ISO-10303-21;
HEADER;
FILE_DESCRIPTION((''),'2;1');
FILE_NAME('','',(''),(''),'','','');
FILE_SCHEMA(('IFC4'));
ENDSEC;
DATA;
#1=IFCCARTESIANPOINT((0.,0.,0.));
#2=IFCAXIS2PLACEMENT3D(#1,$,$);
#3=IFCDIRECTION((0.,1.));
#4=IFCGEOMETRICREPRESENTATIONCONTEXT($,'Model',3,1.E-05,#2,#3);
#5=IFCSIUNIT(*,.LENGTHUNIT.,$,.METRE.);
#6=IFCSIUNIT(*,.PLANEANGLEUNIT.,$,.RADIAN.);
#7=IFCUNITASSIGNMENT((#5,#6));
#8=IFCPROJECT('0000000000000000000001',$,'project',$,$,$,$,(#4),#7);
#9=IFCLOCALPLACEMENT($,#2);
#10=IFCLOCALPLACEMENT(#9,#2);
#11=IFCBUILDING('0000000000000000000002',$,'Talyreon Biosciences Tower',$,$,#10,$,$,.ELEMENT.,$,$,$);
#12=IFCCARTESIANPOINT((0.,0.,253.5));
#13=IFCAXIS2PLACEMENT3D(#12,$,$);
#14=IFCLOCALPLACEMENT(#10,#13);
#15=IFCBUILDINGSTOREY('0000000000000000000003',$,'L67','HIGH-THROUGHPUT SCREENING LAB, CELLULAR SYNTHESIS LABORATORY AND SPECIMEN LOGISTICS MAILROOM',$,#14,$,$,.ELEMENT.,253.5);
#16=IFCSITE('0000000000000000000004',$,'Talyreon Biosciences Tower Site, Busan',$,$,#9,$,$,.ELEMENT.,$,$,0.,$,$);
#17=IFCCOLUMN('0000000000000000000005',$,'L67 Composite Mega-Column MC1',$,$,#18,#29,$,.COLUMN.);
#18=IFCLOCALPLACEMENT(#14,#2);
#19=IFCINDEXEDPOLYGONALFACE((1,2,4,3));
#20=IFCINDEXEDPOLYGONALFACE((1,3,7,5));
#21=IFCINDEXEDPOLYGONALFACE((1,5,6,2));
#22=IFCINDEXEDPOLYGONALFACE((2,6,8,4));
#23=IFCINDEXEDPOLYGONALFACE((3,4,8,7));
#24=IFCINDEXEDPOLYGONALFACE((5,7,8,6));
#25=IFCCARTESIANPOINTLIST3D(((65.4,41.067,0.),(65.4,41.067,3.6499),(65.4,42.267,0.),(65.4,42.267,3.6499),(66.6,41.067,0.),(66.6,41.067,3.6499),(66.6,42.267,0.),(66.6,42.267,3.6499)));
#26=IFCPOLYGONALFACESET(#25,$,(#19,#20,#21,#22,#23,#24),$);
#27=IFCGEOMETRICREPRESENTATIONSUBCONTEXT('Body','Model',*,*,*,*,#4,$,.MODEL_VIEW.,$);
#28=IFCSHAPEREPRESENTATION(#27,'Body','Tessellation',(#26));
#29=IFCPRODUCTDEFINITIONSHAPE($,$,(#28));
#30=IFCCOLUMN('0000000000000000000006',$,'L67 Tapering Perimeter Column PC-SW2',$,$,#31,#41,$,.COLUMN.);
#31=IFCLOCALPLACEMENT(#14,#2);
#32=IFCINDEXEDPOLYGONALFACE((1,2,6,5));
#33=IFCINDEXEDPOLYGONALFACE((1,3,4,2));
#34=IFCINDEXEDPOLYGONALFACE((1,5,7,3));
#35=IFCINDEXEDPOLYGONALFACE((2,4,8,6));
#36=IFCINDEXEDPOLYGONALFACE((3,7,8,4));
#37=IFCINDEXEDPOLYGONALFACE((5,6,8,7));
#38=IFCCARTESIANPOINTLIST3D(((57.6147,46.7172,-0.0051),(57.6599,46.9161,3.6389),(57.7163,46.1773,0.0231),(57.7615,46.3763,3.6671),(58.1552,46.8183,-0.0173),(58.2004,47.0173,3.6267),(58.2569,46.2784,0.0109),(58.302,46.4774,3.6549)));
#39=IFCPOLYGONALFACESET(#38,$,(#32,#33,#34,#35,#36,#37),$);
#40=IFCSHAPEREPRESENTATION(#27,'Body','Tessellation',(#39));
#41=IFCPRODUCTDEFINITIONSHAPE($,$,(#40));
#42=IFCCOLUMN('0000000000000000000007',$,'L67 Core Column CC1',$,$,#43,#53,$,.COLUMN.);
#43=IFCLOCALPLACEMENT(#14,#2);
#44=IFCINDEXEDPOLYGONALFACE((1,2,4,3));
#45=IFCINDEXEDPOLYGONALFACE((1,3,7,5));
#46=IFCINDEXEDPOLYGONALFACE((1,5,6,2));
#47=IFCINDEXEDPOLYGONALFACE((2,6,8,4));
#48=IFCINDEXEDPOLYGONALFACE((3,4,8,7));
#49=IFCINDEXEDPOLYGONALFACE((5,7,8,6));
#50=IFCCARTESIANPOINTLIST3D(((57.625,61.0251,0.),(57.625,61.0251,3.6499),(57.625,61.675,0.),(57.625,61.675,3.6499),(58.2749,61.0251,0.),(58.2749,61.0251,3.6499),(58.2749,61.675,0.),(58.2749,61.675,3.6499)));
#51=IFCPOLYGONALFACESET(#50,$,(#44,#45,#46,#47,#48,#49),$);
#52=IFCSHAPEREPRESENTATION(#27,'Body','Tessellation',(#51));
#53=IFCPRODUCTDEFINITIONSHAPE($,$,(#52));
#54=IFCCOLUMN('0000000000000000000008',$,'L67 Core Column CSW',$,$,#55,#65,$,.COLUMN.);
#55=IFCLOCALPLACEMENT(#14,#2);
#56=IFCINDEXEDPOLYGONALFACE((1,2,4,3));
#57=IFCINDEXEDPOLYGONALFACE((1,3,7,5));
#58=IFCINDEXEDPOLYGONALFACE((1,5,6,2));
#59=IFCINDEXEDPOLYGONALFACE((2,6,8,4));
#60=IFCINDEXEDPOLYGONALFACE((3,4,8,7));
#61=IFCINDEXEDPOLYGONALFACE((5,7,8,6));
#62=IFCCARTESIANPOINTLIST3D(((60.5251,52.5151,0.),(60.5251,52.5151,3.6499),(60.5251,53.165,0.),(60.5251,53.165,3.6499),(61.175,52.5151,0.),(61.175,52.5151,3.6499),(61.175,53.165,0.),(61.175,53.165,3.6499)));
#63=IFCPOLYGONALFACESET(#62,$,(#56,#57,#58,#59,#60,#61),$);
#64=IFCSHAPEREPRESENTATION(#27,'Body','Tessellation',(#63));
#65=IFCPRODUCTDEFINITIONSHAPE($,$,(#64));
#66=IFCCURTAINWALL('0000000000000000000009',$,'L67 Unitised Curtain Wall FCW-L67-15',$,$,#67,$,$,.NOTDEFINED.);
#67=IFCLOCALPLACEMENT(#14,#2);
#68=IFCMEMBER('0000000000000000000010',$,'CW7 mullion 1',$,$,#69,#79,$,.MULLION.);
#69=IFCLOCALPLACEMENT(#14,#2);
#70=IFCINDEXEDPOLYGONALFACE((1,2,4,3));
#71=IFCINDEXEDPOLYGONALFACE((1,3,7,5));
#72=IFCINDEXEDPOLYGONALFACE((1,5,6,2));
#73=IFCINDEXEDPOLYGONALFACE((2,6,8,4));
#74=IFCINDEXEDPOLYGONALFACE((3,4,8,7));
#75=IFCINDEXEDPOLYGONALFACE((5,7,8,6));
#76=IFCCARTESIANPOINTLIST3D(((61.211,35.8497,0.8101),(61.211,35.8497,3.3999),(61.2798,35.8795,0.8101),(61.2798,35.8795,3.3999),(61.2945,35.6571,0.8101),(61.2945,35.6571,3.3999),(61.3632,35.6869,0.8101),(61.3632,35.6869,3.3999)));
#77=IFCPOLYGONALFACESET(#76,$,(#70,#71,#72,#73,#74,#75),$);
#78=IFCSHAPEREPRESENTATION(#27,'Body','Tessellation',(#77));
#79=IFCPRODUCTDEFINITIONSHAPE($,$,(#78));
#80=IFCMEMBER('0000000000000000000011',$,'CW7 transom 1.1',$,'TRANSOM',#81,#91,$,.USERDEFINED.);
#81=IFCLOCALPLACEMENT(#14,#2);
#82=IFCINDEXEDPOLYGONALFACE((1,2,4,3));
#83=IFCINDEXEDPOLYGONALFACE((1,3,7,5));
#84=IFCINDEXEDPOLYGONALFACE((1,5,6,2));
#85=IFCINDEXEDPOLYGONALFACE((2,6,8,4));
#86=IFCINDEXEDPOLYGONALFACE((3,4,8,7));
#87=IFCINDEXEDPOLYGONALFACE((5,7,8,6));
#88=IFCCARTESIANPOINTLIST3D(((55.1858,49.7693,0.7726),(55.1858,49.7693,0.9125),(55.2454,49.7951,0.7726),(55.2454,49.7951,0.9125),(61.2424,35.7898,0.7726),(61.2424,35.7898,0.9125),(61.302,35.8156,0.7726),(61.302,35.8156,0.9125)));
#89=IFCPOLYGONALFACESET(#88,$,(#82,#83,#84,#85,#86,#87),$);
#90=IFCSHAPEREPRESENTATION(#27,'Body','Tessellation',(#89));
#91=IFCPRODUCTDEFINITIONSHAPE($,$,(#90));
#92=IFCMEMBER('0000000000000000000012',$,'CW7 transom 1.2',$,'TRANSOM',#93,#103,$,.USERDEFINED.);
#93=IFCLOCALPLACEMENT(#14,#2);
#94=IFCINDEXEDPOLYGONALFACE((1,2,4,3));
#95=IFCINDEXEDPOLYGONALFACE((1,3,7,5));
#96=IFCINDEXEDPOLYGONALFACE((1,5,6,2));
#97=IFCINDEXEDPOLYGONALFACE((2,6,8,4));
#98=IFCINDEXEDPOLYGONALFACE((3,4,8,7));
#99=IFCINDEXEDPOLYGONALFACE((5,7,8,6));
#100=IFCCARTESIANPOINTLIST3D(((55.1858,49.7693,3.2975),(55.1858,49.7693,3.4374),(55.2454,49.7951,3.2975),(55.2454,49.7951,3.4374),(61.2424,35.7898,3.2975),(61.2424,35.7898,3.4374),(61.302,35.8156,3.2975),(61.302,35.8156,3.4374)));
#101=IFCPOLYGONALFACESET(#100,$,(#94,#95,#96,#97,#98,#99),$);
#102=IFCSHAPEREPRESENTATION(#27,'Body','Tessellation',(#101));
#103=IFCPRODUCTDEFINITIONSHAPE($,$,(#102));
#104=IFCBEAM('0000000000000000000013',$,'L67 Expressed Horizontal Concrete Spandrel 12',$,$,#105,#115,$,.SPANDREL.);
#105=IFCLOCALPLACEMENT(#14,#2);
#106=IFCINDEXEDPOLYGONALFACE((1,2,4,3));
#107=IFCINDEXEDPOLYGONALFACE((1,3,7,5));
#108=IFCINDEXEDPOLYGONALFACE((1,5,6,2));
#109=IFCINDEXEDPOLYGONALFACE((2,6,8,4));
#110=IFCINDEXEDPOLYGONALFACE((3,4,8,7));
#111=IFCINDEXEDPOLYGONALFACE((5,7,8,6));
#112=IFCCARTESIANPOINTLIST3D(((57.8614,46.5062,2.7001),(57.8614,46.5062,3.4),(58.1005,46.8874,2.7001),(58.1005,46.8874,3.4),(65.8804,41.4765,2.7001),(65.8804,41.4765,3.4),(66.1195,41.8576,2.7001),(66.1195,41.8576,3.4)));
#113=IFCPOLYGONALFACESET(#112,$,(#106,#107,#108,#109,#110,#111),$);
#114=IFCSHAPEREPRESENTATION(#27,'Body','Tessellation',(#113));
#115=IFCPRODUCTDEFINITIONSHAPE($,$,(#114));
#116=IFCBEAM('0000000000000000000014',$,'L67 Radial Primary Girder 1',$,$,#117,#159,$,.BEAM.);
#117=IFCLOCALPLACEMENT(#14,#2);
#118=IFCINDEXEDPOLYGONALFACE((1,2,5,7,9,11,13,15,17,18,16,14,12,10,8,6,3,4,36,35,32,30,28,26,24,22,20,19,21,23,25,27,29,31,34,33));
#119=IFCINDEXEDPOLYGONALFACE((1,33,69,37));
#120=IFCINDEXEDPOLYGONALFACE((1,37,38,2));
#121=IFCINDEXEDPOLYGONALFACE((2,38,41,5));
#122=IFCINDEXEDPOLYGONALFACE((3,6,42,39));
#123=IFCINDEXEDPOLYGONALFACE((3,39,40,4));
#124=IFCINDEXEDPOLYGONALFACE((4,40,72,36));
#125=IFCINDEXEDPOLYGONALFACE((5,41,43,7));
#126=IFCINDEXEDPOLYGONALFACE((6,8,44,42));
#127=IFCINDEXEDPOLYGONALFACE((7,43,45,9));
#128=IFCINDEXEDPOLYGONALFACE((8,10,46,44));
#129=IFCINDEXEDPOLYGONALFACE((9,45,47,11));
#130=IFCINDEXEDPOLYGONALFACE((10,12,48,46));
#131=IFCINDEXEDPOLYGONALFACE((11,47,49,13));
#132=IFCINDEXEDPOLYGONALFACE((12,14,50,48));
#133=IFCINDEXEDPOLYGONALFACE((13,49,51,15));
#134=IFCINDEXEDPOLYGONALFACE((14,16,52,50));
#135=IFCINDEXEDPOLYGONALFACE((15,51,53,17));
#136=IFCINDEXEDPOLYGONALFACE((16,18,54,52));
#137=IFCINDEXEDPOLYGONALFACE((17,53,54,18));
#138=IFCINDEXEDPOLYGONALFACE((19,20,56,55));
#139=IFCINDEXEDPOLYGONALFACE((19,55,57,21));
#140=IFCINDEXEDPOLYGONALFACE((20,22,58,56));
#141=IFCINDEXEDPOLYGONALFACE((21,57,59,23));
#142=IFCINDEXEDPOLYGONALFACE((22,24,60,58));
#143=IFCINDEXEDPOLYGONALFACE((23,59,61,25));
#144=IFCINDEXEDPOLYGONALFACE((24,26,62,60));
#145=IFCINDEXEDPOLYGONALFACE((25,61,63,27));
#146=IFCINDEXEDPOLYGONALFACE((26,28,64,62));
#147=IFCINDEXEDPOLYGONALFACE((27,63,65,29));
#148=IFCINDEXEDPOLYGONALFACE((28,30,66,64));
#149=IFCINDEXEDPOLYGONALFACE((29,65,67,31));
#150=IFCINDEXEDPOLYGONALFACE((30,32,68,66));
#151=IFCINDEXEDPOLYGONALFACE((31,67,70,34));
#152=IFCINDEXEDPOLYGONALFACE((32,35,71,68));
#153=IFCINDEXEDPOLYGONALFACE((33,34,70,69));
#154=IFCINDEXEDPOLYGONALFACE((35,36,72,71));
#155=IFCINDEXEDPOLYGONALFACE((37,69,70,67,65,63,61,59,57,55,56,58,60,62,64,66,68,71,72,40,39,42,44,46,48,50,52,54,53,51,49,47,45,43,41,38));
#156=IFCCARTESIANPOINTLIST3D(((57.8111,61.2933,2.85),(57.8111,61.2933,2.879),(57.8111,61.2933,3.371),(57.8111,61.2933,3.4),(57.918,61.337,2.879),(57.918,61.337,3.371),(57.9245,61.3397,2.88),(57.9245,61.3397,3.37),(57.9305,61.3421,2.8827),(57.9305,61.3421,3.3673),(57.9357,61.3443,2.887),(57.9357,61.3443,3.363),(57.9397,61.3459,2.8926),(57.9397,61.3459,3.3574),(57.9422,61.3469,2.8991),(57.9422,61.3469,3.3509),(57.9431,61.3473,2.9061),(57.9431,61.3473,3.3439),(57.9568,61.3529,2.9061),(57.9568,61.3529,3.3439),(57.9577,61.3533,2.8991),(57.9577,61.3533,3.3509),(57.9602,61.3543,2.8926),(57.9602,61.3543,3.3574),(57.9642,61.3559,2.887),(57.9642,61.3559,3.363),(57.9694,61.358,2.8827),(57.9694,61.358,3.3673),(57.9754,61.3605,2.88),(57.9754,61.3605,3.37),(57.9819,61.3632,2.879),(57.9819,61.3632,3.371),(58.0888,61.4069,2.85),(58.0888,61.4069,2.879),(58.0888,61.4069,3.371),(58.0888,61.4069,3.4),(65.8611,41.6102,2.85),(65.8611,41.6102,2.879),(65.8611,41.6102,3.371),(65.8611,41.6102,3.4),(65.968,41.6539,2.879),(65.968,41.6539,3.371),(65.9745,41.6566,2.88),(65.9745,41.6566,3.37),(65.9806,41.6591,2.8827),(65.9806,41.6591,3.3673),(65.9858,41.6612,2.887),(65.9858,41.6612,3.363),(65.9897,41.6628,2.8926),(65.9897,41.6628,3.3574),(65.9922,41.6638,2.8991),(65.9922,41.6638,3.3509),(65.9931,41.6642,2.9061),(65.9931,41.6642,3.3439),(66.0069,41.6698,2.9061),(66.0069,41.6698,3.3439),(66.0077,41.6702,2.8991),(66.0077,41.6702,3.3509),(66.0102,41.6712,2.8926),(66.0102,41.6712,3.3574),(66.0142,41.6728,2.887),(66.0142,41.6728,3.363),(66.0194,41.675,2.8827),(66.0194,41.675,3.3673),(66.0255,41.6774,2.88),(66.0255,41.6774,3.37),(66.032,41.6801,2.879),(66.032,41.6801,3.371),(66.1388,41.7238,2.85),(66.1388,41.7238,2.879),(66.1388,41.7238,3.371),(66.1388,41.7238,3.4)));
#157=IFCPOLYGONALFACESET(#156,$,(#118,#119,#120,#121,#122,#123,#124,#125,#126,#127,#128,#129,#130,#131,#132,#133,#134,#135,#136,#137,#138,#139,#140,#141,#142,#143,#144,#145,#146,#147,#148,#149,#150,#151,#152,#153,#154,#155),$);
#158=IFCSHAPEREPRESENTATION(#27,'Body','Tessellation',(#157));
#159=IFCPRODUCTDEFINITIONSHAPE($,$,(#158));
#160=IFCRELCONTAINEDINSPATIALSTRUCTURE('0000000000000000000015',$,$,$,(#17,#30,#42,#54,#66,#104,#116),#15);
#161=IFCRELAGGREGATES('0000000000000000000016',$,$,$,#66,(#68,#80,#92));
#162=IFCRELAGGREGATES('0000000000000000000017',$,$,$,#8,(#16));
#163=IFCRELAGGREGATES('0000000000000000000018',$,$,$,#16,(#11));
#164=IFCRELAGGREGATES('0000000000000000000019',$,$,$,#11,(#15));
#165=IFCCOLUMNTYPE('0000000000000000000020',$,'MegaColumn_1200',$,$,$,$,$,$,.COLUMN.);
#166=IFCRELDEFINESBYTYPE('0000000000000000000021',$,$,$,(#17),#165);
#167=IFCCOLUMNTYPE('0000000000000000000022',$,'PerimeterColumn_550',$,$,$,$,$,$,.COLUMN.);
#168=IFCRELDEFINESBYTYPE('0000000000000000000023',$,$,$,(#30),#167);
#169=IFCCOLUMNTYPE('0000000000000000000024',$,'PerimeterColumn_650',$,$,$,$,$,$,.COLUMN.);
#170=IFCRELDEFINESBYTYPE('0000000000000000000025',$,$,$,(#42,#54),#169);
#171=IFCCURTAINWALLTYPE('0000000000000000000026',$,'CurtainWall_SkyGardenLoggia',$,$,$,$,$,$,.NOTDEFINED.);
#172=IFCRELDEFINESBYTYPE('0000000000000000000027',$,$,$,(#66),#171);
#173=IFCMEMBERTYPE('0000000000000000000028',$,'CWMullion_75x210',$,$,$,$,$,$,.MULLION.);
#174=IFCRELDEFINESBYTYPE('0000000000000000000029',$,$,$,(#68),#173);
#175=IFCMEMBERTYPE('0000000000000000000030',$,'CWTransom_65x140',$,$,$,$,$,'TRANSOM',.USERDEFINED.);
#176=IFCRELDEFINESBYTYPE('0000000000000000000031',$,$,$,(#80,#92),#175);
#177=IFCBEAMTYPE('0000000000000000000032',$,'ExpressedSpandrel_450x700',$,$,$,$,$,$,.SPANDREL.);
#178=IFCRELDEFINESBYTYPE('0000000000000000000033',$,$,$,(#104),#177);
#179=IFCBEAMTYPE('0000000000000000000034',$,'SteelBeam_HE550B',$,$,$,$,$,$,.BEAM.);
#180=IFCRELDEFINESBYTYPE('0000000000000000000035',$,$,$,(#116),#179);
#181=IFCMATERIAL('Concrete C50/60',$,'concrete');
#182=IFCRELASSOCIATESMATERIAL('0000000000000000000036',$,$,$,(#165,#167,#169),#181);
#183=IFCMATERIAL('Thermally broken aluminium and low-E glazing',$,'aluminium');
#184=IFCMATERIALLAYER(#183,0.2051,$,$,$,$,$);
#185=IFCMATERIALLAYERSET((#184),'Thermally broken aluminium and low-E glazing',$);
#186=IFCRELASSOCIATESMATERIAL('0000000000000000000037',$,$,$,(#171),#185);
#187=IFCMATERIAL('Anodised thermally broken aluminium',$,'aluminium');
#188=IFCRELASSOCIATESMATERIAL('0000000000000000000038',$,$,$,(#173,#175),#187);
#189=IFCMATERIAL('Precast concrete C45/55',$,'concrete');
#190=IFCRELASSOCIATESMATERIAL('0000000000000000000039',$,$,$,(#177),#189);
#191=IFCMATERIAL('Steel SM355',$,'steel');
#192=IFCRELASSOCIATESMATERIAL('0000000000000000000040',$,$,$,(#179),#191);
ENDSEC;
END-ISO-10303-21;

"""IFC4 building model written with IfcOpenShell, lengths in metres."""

from ifc_helpers import new_model, si_unit, direction, frame, origin, origin_2d, place, context, subcontext, project, spatial, rectangle, i_section, extrude, material, layer, layer_set, material_profile, profile_set, type_object, element, aggregate, save


model = new_model("IFC4")

# Units and contexts
model_context = context("Model", 3, precision=1e-05, world=origin(), true_north=direction((0.0, 1.0)))
body_context = subcontext(model_context, "Body", "Model", "MODEL_VIEW")
ifc_project = project(units=[si_unit("LENGTHUNIT", "METRE"), si_unit("PLANEANGLEUNIT", "RADIAN")], contexts=[model_context])

# Site, building, storey
site_placement = place(None, origin())
site = spatial("IfcSite", under=ifc_project, at=site_placement, Name="Talyreon Biosciences Tower Site, Busan", CompositionType="ELEMENT", RefElevation=0.0)
building_placement = place(site_placement, origin())
building = spatial("IfcBuilding", under=site, at=building_placement, Name="Talyreon Biosciences Tower", CompositionType="ELEMENT")
storey_placement = place(building_placement, frame((0.0, 0.0, 253.5)))
storey = spatial("IfcBuildingStorey", under=building, at=storey_placement, Name="L67", Description="HIGH-THROUGHPUT SCREENING LAB, CELLULAR SYNTHESIS LABORATORY AND SPECIMEN LOGISTICS MAILROOM", CompositionType="ELEMENT", Elevation=253.5)

# Columns
ifc_material_1 = material(Name="Concrete C50/60", Category="concrete")
ifc_material_profile_1 = material_profile(ifc_material_1, rectangle(XDim=1.2, YDim=1.2, at=origin_2d()), Name="RC 1200x1200")
ifc_profile_set_1 = profile_set([ifc_material_profile_1], Name="Concrete C50/60")
column_type_1 = type_object("IfcColumnType", Name="MegaColumn_1200", PredefinedType="COLUMN", material=ifc_profile_set_1)
column_1_placement = place(storey_placement, frame((66.0, 41.667, 0.0), z_axis=(0.0, 0.0, 1.0), x_axis=(1.0, 0.0, 0.0)))
element("IfcColumn", 1, at=column_1_placement, inside=storey, type_object=column_type_1, Name="L67 Composite Mega-Column MC1", PredefinedType="COLUMN", context=body_context, shape_type="SweptSolid", body=[
    extrude(rectangle(XDim=1.2, YDim=1.2, at=origin_2d()), origin(), (0.0, 0.0, 1.0), 3.6499),
])
ifc_material_profile_2 = material_profile(ifc_material_1, rectangle(XDim=0.55, YDim=0.55, at=origin_2d()), Name="RC 550x550")
ifc_profile_set_2 = profile_set([ifc_material_profile_2], Name="Concrete C50/60")
column_type_2 = type_object("IfcColumnType", Name="PerimeterColumn_550", PredefinedType="COLUMN", material=ifc_profile_set_2)
column_2_placement = place(storey_placement, frame((57.9358, 46.4978, 0.0029), z_axis=(0.012375, 0.054517, 0.998436), x_axis=(-0.184765, 0.981443, -0.051299)))
element("IfcColumn", 2, at=column_2_placement, inside=storey, type_object=column_type_2, Name="L67 Tapering Perimeter Column PC-SW2", PredefinedType="COLUMN", context=body_context, shape_type="SweptSolid", body=[
    extrude(rectangle(XDim=0.55, YDim=0.55, at=origin_2d()), origin(), (0.0, 0.0, 1.0), 3.6497),
])
ifc_material_profile_3 = material_profile(ifc_material_1, rectangle(XDim=0.6499, YDim=0.6499, at=origin_2d()), Name="RC 650x650")
ifc_profile_set_3 = profile_set([ifc_material_profile_3], Name="Concrete C50/60")
column_type_3 = type_object("IfcColumnType", Name="PerimeterColumn_650", PredefinedType="COLUMN", material=ifc_profile_set_3)
for number, where, z_axis, x_axis, name in (
    (3, (57.95, 61.3501, 0.0), (0.0, 0.0, 1.0), (1.0, 0.0, 0.0), "L67 Core Column CC1"),
    (4, (60.8501, 52.8401, 0.0), (0.0, 0.0, 1.0), (1.0, 0.0, 0.0), "L67 Core Column CSW"),
):
    element("IfcColumn", number, at=place(storey_placement, frame(where, z_axis=z_axis, x_axis=x_axis)), inside=storey, type_object=column_type_3, Name=name, PredefinedType="COLUMN", context=body_context, shape_type="SweptSolid", body=[
        extrude(rectangle(XDim=0.6499, YDim=0.6499, at=origin_2d()), origin(), (0.0, 0.0, 1.0), 3.6499),
    ])

# Curtain wall, members
ifc_material_2 = material(Name="Thermally broken aluminium and low-E glazing", Category="aluminium")
ifc_layer_1 = layer(ifc_material_2, 0.2051)
ifc_layer_set_1 = layer_set([ifc_layer_1], Name="Thermally broken aluminium and low-E glazing")
curtain_wall_type = type_object("IfcCurtainWallType", Name="CurtainWall_SkyGardenLoggia", PredefinedType="NOTDEFINED", material=ifc_layer_set_1)
curtain_wall_placement = place(storey_placement, origin())
curtain_wall = element("IfcCurtainWall", 5, at=curtain_wall_placement, inside=storey, type_object=curtain_wall_type, Name="L67 Unitised Curtain Wall FCW-L67-15", PredefinedType="NOTDEFINED")
ifc_material_3 = material(Name="Anodised thermally broken aluminium", Category="aluminium")
ifc_material_profile_4 = material_profile(ifc_material_3, rectangle(XDim=0.075, YDim=0.21, at=origin_2d()), Name="ALUM MULLION 75x210")
ifc_profile_set_4 = profile_set([ifc_material_profile_4], Name="Anodised thermally broken aluminium")
member_type_1 = type_object("IfcMemberType", Name="CWMullion_75x210", PredefinedType="MULLION", material=ifc_profile_set_4)
member_1_placement = place(storey_placement, frame((61.2871, 35.7683, 0.8101), z_axis=(0.0, 0.0, 1.0), x_axis=(-0.917586, -0.397537, 0.0)))
member_1 = element("IfcMember", 6, at=member_1_placement, type_object=member_type_1, Name="CW7 mullion 1", PredefinedType="MULLION", context=body_context, shape_type="SweptSolid", body=[
    extrude(rectangle(XDim=0.075, YDim=0.21, at=origin_2d()), origin(), (0.0, 0.0, 1.0), 2.5898),
])
ifc_material_profile_5 = material_profile(ifc_material_3, rectangle(XDim=0.0649, YDim=0.1399, at=origin_2d()), Name="ALUM TRANSOM 65x140")
ifc_profile_set_5 = profile_set([ifc_material_profile_5], Name="Anodised thermally broken aluminium")
member_type_2 = type_object("IfcMemberType", Name="CWTransom_65x140", ElementType="TRANSOM", PredefinedType="USERDEFINED", material=ifc_profile_set_5)
member_2_placement = place(storey_placement, frame((61.2722, 35.8027, 0.8425), z_axis=(-0.397544, 0.917583, 0.0), x_axis=(-0.917583, -0.397544, 0.0)))
member_2 = element("IfcMember", 7, at=member_2_placement, type_object=member_type_2, Name="CW7 transom 1.1", ObjectType="TRANSOM", PredefinedType="USERDEFINED", context=body_context, shape_type="SweptSolid", body=[
    extrude(rectangle(XDim=0.0649, YDim=0.1399, at=origin_2d()), origin(), (0.0, 0.0, 1.0), 15.2351),
])
member_3_placement = place(storey_placement, frame((61.2722, 35.8027, 3.3674), z_axis=(-0.397544, 0.917583, 0.0), x_axis=(-0.917583, -0.397544, 0.0)))
member_3 = element("IfcMember", 8, at=member_3_placement, type_object=member_type_2, Name="CW7 transom 1.2", ObjectType="TRANSOM", PredefinedType="USERDEFINED", context=body_context, shape_type="SweptSolid", body=[
    extrude(rectangle(XDim=0.0649, YDim=0.1399, at=origin_2d()), origin(), (0.0, 0.0, 1.0), 15.2351),
])

# Beams
ifc_material_4 = material(Name="Precast concrete C45/55", Category="concrete")
ifc_material_profile_6 = material_profile(ifc_material_4, rectangle(XDim=0.45, YDim=0.7, at=origin_2d()), Name="RCB 450x700")
ifc_profile_set_6 = profile_set([ifc_material_profile_6], Name="Precast concrete C45/55")
beam_type_1 = type_object("IfcBeamType", Name="ExpressedSpandrel_450x700", PredefinedType="SPANDREL", material=ifc_profile_set_6)
beam_1_placement = place(storey_placement, frame((57.981, 46.6968, 3.05), z_axis=(0.847148, -0.531357, 0.0), x_axis=(0.531357, 0.847148, 0.0)))
element("IfcBeam", 9, at=beam_1_placement, inside=storey, type_object=beam_type_1, Name="L67 Expressed Horizontal Concrete Spandrel 12", PredefinedType="SPANDREL", context=body_context, shape_type="SweptSolid", body=[
    extrude(rectangle(XDim=0.45, YDim=0.7, at=origin_2d()), origin(), (0.0, 0.0, 1.0), 9.4658),
])
ifc_material_5 = material(Name="Steel SM355", Category="steel")
ifc_material_profile_7 = material_profile(ifc_material_5, i_section(OverallWidth=0.3, OverallDepth=0.55, WebThickness=0.0149, FlangeThickness=0.0291, FilletRadius=0.0271, at=origin_2d()), Name="HE550B")
ifc_profile_set_7 = profile_set([ifc_material_profile_7], Name="Steel SM355")
beam_type_2 = type_object("IfcBeamType", Name="SteelBeam_HE550B", PredefinedType="BEAM", material=ifc_profile_set_7)
beam_2_placement = place(storey_placement, frame((57.95, 61.3501, 3.125), z_axis=(0.378547, -0.925582, 0.0), x_axis=(0.925582, 0.378547, 0.0)))
element("IfcBeam", 10, at=beam_2_placement, inside=storey, type_object=beam_type_2, Name="L67 Radial Primary Girder 1", PredefinedType="BEAM", context=body_context, shape_type="SweptSolid", body=[
    extrude(i_section(OverallWidth=0.3, OverallDepth=0.55, WebThickness=0.0149, FlangeThickness=0.0291, FilletRadius=0.0271, at=origin_2d()), origin(), (0.0, 0.0, 1.0), 21.2656),
])

aggregate(curtain_wall, [member_1, member_2, member_3])

save(model, "model.ifc")
